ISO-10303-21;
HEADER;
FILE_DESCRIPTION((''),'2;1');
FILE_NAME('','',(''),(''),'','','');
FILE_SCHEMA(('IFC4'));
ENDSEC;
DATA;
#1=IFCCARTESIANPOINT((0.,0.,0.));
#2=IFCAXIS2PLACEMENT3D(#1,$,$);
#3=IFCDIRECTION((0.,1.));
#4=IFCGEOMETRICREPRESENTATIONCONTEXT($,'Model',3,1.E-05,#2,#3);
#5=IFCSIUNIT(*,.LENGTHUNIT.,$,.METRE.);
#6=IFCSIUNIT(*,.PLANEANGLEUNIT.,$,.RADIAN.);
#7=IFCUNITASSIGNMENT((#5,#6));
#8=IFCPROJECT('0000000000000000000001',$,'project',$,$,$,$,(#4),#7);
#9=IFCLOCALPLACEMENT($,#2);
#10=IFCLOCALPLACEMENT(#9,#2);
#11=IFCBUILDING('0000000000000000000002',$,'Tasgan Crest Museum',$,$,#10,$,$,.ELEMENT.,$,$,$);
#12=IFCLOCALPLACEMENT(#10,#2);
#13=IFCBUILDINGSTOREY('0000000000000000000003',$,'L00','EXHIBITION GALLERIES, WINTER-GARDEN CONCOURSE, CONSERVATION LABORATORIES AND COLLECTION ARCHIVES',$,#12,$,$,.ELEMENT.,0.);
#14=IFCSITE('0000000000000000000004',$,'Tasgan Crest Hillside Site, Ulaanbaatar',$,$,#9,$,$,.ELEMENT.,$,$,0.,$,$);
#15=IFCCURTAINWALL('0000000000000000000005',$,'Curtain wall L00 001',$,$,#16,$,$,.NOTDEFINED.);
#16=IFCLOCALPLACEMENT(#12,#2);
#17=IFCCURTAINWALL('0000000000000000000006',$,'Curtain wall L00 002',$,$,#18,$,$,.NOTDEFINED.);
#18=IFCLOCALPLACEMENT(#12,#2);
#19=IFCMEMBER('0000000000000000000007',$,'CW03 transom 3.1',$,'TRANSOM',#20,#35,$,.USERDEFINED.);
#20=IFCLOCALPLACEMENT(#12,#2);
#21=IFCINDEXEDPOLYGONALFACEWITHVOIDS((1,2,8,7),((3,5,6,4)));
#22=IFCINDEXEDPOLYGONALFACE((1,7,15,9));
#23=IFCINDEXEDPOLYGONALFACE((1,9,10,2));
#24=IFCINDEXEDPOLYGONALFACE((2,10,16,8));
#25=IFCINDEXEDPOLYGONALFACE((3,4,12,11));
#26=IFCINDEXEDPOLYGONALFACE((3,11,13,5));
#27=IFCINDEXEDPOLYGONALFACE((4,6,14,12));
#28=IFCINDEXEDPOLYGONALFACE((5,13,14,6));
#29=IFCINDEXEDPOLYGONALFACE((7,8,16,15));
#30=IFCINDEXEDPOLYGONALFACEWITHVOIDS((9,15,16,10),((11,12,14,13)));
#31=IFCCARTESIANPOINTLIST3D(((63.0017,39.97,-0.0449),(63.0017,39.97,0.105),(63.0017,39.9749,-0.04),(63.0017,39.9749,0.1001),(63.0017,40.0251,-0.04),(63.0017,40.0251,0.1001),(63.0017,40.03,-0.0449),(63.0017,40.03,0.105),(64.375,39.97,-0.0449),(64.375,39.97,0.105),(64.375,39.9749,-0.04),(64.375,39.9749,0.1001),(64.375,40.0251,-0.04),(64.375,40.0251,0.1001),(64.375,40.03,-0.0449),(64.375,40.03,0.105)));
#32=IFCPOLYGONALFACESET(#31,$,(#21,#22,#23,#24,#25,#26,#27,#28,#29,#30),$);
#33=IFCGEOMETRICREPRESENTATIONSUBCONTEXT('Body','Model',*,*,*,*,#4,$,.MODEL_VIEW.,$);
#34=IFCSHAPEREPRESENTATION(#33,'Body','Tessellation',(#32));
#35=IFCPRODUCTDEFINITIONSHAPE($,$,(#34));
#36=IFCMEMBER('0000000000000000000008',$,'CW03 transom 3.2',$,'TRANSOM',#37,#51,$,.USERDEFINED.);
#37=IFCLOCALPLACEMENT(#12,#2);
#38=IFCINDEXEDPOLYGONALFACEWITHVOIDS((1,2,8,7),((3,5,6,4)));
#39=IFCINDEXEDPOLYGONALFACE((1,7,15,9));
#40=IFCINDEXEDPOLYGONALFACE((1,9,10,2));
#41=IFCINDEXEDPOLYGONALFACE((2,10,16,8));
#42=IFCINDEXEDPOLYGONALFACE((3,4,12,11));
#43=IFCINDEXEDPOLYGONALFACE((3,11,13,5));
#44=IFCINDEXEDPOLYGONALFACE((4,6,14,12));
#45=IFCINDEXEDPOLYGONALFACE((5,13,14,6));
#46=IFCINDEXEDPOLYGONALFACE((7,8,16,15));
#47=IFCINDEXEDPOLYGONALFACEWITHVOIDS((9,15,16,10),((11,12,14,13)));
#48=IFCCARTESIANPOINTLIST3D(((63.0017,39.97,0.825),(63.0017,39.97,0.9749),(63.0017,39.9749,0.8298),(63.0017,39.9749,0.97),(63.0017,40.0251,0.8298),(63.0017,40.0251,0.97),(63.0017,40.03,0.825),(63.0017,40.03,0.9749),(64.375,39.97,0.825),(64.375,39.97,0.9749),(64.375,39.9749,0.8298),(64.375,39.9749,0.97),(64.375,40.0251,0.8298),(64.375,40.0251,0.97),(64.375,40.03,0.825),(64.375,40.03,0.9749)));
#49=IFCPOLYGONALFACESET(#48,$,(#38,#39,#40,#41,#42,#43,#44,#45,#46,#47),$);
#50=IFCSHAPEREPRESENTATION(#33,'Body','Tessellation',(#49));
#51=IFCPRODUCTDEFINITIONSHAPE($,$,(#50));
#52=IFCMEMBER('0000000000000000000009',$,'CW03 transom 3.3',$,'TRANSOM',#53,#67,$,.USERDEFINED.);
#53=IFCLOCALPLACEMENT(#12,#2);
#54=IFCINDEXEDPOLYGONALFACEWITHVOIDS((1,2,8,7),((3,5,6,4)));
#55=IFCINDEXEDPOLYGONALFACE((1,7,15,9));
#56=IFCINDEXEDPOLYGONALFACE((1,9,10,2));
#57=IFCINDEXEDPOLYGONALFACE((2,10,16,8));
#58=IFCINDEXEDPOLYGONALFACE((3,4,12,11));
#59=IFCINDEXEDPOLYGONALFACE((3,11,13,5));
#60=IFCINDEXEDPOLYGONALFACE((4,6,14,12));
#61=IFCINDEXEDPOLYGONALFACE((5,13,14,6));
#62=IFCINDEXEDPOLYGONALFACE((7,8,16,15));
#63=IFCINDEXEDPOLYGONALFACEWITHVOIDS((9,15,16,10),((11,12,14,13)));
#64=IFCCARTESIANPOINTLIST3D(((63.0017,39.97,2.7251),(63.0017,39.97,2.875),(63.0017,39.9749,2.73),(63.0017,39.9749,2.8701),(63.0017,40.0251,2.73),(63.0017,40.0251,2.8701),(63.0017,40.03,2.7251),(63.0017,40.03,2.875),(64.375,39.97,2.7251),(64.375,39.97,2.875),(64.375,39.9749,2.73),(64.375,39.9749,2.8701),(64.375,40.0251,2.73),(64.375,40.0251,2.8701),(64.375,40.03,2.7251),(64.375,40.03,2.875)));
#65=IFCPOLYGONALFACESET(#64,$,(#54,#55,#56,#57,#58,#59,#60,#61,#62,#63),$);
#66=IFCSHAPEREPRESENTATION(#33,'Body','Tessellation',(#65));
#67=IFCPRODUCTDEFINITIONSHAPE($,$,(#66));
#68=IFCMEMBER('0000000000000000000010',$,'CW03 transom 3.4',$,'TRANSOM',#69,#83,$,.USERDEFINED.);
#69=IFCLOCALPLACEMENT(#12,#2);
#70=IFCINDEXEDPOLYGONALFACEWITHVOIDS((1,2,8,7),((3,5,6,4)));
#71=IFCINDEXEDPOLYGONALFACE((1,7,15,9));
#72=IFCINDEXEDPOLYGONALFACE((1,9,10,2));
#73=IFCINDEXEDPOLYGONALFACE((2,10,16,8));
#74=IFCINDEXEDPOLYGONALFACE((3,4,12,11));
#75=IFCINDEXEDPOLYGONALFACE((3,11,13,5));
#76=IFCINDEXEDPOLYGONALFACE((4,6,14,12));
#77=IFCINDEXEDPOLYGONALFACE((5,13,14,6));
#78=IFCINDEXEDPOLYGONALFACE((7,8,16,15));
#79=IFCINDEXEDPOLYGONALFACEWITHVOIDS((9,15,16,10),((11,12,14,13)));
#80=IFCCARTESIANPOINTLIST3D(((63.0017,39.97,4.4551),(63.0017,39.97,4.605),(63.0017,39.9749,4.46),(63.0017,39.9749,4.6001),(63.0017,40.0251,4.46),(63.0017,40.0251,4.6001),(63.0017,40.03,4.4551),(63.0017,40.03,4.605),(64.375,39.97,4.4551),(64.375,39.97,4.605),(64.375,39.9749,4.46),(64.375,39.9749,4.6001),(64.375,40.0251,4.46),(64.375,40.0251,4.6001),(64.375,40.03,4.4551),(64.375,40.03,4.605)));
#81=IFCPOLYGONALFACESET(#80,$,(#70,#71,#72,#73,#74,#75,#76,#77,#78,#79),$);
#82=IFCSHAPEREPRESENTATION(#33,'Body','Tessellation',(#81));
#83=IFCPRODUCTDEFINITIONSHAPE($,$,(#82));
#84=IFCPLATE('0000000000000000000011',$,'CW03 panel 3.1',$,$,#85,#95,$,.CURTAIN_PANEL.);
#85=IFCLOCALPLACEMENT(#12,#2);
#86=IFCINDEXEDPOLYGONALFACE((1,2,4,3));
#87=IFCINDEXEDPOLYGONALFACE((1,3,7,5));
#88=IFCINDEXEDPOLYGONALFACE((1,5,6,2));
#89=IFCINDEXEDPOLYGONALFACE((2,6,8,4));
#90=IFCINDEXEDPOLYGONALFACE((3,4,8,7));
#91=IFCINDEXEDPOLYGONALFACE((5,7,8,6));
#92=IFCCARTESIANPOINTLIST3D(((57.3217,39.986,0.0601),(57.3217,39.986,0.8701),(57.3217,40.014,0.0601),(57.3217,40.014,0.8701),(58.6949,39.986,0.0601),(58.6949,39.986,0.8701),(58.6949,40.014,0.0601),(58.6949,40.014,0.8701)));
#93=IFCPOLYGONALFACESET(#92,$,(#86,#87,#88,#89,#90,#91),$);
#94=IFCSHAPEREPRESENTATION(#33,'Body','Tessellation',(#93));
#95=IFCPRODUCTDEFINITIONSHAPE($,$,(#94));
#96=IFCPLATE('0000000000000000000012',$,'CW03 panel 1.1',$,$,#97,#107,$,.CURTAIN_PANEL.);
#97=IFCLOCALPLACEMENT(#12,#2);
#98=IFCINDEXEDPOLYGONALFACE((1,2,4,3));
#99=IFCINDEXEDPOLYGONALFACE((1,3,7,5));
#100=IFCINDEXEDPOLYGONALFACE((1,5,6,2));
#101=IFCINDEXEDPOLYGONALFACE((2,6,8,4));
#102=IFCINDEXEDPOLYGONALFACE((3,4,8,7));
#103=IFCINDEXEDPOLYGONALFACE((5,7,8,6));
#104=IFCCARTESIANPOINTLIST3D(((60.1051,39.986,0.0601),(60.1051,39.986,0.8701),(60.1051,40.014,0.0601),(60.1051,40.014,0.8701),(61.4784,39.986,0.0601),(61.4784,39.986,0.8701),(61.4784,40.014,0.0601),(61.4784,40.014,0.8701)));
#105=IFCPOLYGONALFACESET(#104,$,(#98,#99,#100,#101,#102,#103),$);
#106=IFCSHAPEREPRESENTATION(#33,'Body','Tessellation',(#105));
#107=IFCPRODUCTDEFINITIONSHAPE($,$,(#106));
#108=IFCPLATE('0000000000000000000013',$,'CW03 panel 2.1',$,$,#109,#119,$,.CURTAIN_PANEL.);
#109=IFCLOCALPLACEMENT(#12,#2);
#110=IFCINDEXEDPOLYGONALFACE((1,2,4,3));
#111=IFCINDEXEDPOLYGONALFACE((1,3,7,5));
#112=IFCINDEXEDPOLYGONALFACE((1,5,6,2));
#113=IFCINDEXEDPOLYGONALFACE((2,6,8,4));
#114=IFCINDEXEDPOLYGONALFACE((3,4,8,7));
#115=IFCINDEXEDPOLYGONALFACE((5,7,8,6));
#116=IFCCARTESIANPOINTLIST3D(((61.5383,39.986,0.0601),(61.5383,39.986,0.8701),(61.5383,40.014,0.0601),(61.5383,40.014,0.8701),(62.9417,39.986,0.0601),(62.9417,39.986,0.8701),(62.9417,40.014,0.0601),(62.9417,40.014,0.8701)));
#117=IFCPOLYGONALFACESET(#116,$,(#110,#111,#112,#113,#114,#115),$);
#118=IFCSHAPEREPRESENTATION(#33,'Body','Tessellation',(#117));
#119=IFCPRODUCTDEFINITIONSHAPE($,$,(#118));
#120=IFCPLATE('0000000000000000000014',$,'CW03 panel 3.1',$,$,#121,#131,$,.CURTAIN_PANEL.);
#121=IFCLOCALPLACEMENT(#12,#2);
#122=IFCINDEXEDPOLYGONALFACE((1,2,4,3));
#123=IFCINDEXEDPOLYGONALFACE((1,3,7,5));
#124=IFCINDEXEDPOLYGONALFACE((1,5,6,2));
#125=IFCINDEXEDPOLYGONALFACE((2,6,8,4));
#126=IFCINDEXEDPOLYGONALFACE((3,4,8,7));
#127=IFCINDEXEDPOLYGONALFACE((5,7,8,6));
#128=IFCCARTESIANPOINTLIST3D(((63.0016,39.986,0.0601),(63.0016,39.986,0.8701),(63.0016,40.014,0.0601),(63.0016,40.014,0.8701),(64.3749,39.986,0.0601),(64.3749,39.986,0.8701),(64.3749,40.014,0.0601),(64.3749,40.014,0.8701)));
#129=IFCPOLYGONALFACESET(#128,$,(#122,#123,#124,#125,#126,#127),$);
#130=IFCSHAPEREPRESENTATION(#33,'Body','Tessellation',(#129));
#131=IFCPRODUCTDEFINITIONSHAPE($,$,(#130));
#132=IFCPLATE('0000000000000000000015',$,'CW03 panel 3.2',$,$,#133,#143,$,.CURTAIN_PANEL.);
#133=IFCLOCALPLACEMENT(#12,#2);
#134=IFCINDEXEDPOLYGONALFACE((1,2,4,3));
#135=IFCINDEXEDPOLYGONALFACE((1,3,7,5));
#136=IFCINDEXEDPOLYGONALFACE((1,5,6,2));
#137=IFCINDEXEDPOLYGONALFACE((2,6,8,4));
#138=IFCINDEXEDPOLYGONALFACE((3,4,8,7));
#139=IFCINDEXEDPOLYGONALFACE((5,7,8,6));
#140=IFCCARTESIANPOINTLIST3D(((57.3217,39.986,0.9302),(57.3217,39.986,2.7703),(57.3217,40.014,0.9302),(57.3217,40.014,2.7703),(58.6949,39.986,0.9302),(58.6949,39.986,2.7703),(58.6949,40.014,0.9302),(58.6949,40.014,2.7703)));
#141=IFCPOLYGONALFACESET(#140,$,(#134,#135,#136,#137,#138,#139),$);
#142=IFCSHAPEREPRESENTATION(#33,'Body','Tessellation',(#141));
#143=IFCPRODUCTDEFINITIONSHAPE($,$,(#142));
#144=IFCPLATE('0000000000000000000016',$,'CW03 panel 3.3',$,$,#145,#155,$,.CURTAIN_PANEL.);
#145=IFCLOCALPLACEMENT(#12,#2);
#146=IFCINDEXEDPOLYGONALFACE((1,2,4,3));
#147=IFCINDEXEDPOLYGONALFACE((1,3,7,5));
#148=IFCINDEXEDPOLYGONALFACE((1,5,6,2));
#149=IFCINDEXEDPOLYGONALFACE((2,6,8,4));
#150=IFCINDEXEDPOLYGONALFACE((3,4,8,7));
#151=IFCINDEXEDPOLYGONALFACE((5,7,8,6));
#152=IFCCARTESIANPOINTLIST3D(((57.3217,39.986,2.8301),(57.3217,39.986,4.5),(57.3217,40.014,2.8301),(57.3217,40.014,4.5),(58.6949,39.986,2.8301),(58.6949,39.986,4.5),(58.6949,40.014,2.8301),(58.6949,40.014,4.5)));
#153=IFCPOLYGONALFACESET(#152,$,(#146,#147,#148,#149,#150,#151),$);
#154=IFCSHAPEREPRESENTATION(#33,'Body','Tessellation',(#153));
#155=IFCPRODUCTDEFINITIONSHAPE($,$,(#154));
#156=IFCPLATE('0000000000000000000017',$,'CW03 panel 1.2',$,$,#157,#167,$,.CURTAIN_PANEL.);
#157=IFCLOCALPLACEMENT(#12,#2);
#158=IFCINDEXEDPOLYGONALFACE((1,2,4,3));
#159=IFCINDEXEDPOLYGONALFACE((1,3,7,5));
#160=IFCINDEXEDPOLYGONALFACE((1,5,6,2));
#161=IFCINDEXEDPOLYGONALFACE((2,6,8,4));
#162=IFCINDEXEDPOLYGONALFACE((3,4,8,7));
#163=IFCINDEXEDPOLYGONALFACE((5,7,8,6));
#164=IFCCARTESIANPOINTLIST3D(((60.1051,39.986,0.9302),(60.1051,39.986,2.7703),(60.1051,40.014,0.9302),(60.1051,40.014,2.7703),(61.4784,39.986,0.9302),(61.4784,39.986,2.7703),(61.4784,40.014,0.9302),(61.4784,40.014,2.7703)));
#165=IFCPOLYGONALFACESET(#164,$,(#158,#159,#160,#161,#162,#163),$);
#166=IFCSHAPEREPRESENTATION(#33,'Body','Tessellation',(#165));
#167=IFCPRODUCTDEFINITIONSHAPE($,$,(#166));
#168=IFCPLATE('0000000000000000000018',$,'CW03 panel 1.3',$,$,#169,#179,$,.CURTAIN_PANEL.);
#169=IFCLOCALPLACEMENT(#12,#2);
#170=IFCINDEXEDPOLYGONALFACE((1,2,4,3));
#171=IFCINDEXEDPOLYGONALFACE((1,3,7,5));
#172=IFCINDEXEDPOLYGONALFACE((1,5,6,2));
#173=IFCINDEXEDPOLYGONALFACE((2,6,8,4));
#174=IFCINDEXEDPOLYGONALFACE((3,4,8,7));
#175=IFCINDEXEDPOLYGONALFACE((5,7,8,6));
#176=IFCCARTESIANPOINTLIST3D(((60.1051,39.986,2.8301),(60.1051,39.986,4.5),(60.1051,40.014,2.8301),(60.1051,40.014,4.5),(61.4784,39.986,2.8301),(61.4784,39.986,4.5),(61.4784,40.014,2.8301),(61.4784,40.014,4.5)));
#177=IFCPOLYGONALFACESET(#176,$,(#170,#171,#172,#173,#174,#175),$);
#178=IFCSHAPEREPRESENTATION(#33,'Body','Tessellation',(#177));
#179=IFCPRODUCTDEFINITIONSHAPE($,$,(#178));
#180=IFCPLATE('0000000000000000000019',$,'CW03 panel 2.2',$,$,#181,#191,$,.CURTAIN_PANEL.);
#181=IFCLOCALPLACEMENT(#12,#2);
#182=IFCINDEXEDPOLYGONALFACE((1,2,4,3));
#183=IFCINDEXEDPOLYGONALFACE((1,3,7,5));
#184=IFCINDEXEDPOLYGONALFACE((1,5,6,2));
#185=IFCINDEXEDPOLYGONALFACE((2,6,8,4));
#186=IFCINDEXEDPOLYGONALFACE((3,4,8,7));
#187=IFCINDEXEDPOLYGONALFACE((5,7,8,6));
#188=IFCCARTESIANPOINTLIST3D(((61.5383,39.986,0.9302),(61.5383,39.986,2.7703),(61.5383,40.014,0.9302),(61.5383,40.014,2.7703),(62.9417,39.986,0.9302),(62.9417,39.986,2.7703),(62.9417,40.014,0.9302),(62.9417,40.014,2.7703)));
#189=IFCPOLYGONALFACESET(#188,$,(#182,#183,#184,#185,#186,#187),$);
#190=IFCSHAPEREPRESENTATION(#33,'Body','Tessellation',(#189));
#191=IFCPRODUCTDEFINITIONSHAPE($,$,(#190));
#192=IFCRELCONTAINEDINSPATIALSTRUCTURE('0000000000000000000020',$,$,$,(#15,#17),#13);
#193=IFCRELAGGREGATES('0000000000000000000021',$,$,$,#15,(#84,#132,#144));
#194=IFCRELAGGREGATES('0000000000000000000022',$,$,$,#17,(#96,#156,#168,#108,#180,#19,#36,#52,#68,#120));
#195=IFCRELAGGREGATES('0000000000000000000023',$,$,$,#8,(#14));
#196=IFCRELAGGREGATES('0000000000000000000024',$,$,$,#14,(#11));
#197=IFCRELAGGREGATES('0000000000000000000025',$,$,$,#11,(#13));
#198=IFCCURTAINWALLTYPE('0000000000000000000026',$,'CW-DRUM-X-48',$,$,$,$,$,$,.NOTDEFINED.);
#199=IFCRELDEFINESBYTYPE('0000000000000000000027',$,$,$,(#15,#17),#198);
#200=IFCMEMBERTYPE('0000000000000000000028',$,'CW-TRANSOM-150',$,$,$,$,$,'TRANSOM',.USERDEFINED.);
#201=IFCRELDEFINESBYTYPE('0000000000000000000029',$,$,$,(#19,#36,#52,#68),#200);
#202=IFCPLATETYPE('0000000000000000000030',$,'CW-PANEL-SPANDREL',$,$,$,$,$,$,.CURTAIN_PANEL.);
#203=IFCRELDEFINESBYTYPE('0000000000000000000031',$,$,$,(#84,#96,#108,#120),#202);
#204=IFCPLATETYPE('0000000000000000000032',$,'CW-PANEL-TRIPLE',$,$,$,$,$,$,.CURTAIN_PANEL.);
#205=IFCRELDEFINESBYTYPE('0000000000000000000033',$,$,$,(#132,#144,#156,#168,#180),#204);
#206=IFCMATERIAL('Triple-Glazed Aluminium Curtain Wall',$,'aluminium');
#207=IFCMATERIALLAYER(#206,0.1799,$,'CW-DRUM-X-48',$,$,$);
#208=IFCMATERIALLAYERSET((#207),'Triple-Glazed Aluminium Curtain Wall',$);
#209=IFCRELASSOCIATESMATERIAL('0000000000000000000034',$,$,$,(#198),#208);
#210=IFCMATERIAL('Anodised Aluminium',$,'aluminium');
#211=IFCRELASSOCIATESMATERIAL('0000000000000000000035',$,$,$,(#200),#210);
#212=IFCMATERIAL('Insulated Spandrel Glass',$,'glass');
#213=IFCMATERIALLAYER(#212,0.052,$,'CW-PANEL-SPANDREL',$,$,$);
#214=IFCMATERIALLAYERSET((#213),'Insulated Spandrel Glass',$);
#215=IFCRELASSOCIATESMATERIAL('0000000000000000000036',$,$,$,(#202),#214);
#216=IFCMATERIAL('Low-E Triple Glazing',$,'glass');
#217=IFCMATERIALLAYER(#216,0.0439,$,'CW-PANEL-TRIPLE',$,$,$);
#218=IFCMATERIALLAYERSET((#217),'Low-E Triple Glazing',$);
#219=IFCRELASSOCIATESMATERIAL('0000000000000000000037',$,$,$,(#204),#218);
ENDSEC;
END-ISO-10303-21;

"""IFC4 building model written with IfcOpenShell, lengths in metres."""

from ifc_helpers import new_model, si_unit, direction, frame, origin, origin_2d, place, context, subcontext, project, spatial, rectangle, hollow_rectangle, extrude, material, layer, layer_set, material_profile, profile_set, type_object, element, aggregate, save


model = new_model("IFC4")

# Units and contexts
model_context = context("Model", 3, precision=1e-05, world=origin(), true_north=direction((0.0, 1.0)))
body_context = subcontext(model_context, "Body", "Model", "MODEL_VIEW")
ifc_project = project(units=[si_unit("LENGTHUNIT", "METRE"), si_unit("PLANEANGLEUNIT", "RADIAN")], contexts=[model_context])

# Site, building, storey
site_placement = place(None, origin())
site = spatial("IfcSite", under=ifc_project, at=site_placement, Name="Tasgan Crest Hillside Site, Ulaanbaatar", CompositionType="ELEMENT", RefElevation=0.0)
building_placement = place(site_placement, origin())
building = spatial("IfcBuilding", under=site, at=building_placement, Name="Tasgan Crest Museum", CompositionType="ELEMENT")
storey_placement = place(building_placement, origin())
storey = spatial("IfcBuildingStorey", under=building, at=storey_placement, Name="L00", Description="EXHIBITION GALLERIES, WINTER-GARDEN CONCOURSE, CONSERVATION LABORATORIES AND COLLECTION ARCHIVES", CompositionType="ELEMENT", Elevation=0.0)

# Curtain walls
ifc_material_1 = material(Name="Triple-Glazed Aluminium Curtain Wall", Category="aluminium")
ifc_layer_1 = layer(ifc_material_1, 0.1799, Name="CW-DRUM-X-48")
ifc_layer_set_1 = layer_set([ifc_layer_1], Name="Triple-Glazed Aluminium Curtain Wall")
curtain_wall_type = type_object("IfcCurtainWallType", Name="CW-DRUM-X-48", PredefinedType="NOTDEFINED", material=ifc_layer_set_1)
curtain_wall_1_placement = place(storey_placement, origin())
curtain_wall_1 = element("IfcCurtainWall", 1, at=curtain_wall_1_placement, inside=storey, type_object=curtain_wall_type, Name="Curtain wall L00 001", PredefinedType="NOTDEFINED")
curtain_wall_2_placement = place(storey_placement, origin())
curtain_wall_2 = element("IfcCurtainWall", 2, at=curtain_wall_2_placement, inside=storey, type_object=curtain_wall_type, Name="Curtain wall L00 002", PredefinedType="NOTDEFINED")

# Members
ifc_material_2 = material(Name="Anodised Aluminium", Category="aluminium")
ifc_material_profile_1 = material_profile(ifc_material_2, hollow_rectangle(XDim=0.0601, YDim=0.1499, WallThickness=0.0049, at=origin_2d()), Name="ALU TRANSOM 150x60x5")
ifc_profile_set_1 = profile_set([ifc_material_profile_1], Name="Anodised Aluminium")
member_type_1 = type_object("IfcMemberType", Name="CW-TRANSOM-150", ElementType="TRANSOM", PredefinedType="USERDEFINED", material=ifc_profile_set_1)
member_1_placement = place(storey_placement, frame((63.0017, 40.0, 0.03), z_axis=(1.0, 0.0, 0.0), x_axis=(0.0, 1.0, 0.0)))
member_1 = element("IfcMember", 3, at=member_1_placement, type_object=member_type_1, Name="CW03 transom 3.1", ObjectType="TRANSOM", PredefinedType="USERDEFINED", context=body_context, shape_type="SweptSolid", body=[
    extrude(hollow_rectangle(XDim=0.0601, YDim=0.1499, WallThickness=0.0049, at=origin_2d()), origin(), (0.0, 0.0, 1.0), 1.3733),
])
member_2_placement = place(storey_placement, frame((63.0017, 40.0, 0.8999), z_axis=(1.0, 0.0, 0.0), x_axis=(0.0, 1.0, 0.0)))
member_2 = element("IfcMember", 4, at=member_2_placement, type_object=member_type_1, Name="CW03 transom 3.2", ObjectType="TRANSOM", PredefinedType="USERDEFINED", context=body_context, shape_type="SweptSolid", body=[
    extrude(hollow_rectangle(XDim=0.0601, YDim=0.1499, WallThickness=0.0049, at=origin_2d()), origin(), (0.0, 0.0, 1.0), 1.3733),
])
member_3_placement = place(storey_placement, frame((63.0017, 40.0, 2.8), z_axis=(1.0, 0.0, 0.0), x_axis=(0.0, 1.0, 0.0)))
member_3 = element("IfcMember", 5, at=member_3_placement, type_object=member_type_1, Name="CW03 transom 3.3", ObjectType="TRANSOM", PredefinedType="USERDEFINED", context=body_context, shape_type="SweptSolid", body=[
    extrude(hollow_rectangle(XDim=0.0601, YDim=0.1499, WallThickness=0.0049, at=origin_2d()), origin(), (0.0, 0.0, 1.0), 1.3733),
])
member_4_placement = place(storey_placement, frame((63.0017, 40.0, 4.53), z_axis=(1.0, 0.0, 0.0), x_axis=(0.0, 1.0, 0.0)))
member_4 = element("IfcMember", 6, at=member_4_placement, type_object=member_type_1, Name="CW03 transom 3.4", ObjectType="TRANSOM", PredefinedType="USERDEFINED", context=body_context, shape_type="SweptSolid", body=[
    extrude(hollow_rectangle(XDim=0.0601, YDim=0.1499, WallThickness=0.0049, at=origin_2d()), origin(), (0.0, 0.0, 1.0), 1.3733),
])

# Plates
ifc_material_3 = material(Name="Insulated Spandrel Glass", Category="glass")
ifc_layer_2 = layer(ifc_material_3, 0.052, Name="CW-PANEL-SPANDREL")
ifc_layer_set_2 = layer_set([ifc_layer_2], Name="Insulated Spandrel Glass")
plate_type_1 = type_object("IfcPlateType", Name="CW-PANEL-SPANDREL", PredefinedType="CURTAIN_PANEL", material=ifc_layer_set_2)
plate_1_placement = place(storey_placement, frame((58.0083, 40.0, 0.0601), z_axis=(0.0, 0.0, 1.0), x_axis=(1.0, 0.0, 0.0)))
plate_1 = element("IfcPlate", 7, at=plate_1_placement, type_object=plate_type_1, Name="CW03 panel 3.1", PredefinedType="CURTAIN_PANEL", context=body_context, shape_type="SweptSolid", body=[
    extrude(rectangle(XDim=1.3733, YDim=0.0281, at=origin_2d()), origin(), (0.0, 0.0, 1.0), 0.8101),
])
plate_2_placement = place(storey_placement, frame((60.7917, 40.0, 0.0601), z_axis=(0.0, 0.0, 1.0), x_axis=(1.0, 0.0, 0.0)))
plate_2 = element("IfcPlate", 8, at=plate_2_placement, type_object=plate_type_1, Name="CW03 panel 1.1", PredefinedType="CURTAIN_PANEL", context=body_context, shape_type="SweptSolid", body=[
    extrude(rectangle(XDim=1.3733, YDim=0.0281, at=origin_2d()), origin(), (0.0, 0.0, 1.0), 0.8101),
])
plate_3_placement = place(storey_placement, frame((62.24, 40.0, 0.0601), z_axis=(0.0, 0.0, 1.0), x_axis=(1.0, 0.0, 0.0)))
plate_3 = element("IfcPlate", 9, at=plate_3_placement, type_object=plate_type_1, Name="CW03 panel 2.1", PredefinedType="CURTAIN_PANEL", context=body_context, shape_type="SweptSolid", body=[
    extrude(rectangle(XDim=1.4033, YDim=0.0281, at=origin_2d()), origin(), (0.0, 0.0, 1.0), 0.8101),
])
plate_4_placement = place(storey_placement, frame((63.6882, 40.0, 0.0601), z_axis=(0.0, 0.0, 1.0), x_axis=(1.0, 0.0, 0.0)))
plate_4 = element("IfcPlate", 10, at=plate_4_placement, type_object=plate_type_1, Name="CW03 panel 3.1", PredefinedType="CURTAIN_PANEL", context=body_context, shape_type="SweptSolid", body=[
    extrude(rectangle(XDim=1.3733, YDim=0.0281, at=origin_2d()), origin(), (0.0, 0.0, 1.0), 0.8101),
])
ifc_material_4 = material(Name="Low-E Triple Glazing", Category="glass")
ifc_layer_3 = layer(ifc_material_4, 0.0439, Name="CW-PANEL-TRIPLE")
ifc_layer_set_3 = layer_set([ifc_layer_3], Name="Low-E Triple Glazing")
plate_type_2 = type_object("IfcPlateType", Name="CW-PANEL-TRIPLE", PredefinedType="CURTAIN_PANEL", material=ifc_layer_set_3)
plate_5_placement = place(storey_placement, frame((58.0083, 40.0, 0.9302), z_axis=(0.0, 0.0, 1.0), x_axis=(1.0, 0.0, 0.0)))
plate_5 = element("IfcPlate", 11, at=plate_5_placement, type_object=plate_type_2, Name="CW03 panel 3.2", PredefinedType="CURTAIN_PANEL", context=body_context, shape_type="SweptSolid", body=[
    extrude(rectangle(XDim=1.3733, YDim=0.0281, at=origin_2d()), origin(), (0.0, 0.0, 1.0), 1.8401),
])
plate_6_placement = place(storey_placement, frame((58.0083, 40.0, 2.8301), z_axis=(0.0, 0.0, 1.0), x_axis=(1.0, 0.0, 0.0)))
plate_6 = element("IfcPlate", 12, at=plate_6_placement, type_object=plate_type_2, Name="CW03 panel 3.3", PredefinedType="CURTAIN_PANEL", context=body_context, shape_type="SweptSolid", body=[
    extrude(rectangle(XDim=1.3733, YDim=0.0281, at=origin_2d()), origin(), (0.0, 0.0, 1.0), 1.6699),
])
aggregate(curtain_wall_1, [plate_1, plate_5, plate_6])
plate_7_placement = place(storey_placement, frame((60.7917, 40.0, 0.9302), z_axis=(0.0, 0.0, 1.0), x_axis=(1.0, 0.0, 0.0)))
plate_7 = element("IfcPlate", 13, at=plate_7_placement, type_object=plate_type_2, Name="CW03 panel 1.2", PredefinedType="CURTAIN_PANEL", context=body_context, shape_type="SweptSolid", body=[
    extrude(rectangle(XDim=1.3733, YDim=0.0281, at=origin_2d()), origin(), (0.0, 0.0, 1.0), 1.8401),
])
plate_8_placement = place(storey_placement, frame((60.7917, 40.0, 2.8301), z_axis=(0.0, 0.0, 1.0), x_axis=(1.0, 0.0, 0.0)))
plate_8 = element("IfcPlate", 14, at=plate_8_placement, type_object=plate_type_2, Name="CW03 panel 1.3", PredefinedType="CURTAIN_PANEL", context=body_context, shape_type="SweptSolid", body=[
    extrude(rectangle(XDim=1.3733, YDim=0.0281, at=origin_2d()), origin(), (0.0, 0.0, 1.0), 1.6699),
])
plate_9_placement = place(storey_placement, frame((62.24, 40.0, 0.9302), z_axis=(0.0, 0.0, 1.0), x_axis=(1.0, 0.0, 0.0)))
plate_9 = element("IfcPlate", 15, at=plate_9_placement, type_object=plate_type_2, Name="CW03 panel 2.2", PredefinedType="CURTAIN_PANEL", context=body_context, shape_type="SweptSolid", body=[
    extrude(rectangle(XDim=1.4033, YDim=0.0281, at=origin_2d()), origin(), (0.0, 0.0, 1.0), 1.8401),
])
aggregate(curtain_wall_2, [plate_2, plate_7, plate_8, plate_3, plate_9, member_1, member_2, member_3, member_4, plate_4])

save(model, "model.ifc")
